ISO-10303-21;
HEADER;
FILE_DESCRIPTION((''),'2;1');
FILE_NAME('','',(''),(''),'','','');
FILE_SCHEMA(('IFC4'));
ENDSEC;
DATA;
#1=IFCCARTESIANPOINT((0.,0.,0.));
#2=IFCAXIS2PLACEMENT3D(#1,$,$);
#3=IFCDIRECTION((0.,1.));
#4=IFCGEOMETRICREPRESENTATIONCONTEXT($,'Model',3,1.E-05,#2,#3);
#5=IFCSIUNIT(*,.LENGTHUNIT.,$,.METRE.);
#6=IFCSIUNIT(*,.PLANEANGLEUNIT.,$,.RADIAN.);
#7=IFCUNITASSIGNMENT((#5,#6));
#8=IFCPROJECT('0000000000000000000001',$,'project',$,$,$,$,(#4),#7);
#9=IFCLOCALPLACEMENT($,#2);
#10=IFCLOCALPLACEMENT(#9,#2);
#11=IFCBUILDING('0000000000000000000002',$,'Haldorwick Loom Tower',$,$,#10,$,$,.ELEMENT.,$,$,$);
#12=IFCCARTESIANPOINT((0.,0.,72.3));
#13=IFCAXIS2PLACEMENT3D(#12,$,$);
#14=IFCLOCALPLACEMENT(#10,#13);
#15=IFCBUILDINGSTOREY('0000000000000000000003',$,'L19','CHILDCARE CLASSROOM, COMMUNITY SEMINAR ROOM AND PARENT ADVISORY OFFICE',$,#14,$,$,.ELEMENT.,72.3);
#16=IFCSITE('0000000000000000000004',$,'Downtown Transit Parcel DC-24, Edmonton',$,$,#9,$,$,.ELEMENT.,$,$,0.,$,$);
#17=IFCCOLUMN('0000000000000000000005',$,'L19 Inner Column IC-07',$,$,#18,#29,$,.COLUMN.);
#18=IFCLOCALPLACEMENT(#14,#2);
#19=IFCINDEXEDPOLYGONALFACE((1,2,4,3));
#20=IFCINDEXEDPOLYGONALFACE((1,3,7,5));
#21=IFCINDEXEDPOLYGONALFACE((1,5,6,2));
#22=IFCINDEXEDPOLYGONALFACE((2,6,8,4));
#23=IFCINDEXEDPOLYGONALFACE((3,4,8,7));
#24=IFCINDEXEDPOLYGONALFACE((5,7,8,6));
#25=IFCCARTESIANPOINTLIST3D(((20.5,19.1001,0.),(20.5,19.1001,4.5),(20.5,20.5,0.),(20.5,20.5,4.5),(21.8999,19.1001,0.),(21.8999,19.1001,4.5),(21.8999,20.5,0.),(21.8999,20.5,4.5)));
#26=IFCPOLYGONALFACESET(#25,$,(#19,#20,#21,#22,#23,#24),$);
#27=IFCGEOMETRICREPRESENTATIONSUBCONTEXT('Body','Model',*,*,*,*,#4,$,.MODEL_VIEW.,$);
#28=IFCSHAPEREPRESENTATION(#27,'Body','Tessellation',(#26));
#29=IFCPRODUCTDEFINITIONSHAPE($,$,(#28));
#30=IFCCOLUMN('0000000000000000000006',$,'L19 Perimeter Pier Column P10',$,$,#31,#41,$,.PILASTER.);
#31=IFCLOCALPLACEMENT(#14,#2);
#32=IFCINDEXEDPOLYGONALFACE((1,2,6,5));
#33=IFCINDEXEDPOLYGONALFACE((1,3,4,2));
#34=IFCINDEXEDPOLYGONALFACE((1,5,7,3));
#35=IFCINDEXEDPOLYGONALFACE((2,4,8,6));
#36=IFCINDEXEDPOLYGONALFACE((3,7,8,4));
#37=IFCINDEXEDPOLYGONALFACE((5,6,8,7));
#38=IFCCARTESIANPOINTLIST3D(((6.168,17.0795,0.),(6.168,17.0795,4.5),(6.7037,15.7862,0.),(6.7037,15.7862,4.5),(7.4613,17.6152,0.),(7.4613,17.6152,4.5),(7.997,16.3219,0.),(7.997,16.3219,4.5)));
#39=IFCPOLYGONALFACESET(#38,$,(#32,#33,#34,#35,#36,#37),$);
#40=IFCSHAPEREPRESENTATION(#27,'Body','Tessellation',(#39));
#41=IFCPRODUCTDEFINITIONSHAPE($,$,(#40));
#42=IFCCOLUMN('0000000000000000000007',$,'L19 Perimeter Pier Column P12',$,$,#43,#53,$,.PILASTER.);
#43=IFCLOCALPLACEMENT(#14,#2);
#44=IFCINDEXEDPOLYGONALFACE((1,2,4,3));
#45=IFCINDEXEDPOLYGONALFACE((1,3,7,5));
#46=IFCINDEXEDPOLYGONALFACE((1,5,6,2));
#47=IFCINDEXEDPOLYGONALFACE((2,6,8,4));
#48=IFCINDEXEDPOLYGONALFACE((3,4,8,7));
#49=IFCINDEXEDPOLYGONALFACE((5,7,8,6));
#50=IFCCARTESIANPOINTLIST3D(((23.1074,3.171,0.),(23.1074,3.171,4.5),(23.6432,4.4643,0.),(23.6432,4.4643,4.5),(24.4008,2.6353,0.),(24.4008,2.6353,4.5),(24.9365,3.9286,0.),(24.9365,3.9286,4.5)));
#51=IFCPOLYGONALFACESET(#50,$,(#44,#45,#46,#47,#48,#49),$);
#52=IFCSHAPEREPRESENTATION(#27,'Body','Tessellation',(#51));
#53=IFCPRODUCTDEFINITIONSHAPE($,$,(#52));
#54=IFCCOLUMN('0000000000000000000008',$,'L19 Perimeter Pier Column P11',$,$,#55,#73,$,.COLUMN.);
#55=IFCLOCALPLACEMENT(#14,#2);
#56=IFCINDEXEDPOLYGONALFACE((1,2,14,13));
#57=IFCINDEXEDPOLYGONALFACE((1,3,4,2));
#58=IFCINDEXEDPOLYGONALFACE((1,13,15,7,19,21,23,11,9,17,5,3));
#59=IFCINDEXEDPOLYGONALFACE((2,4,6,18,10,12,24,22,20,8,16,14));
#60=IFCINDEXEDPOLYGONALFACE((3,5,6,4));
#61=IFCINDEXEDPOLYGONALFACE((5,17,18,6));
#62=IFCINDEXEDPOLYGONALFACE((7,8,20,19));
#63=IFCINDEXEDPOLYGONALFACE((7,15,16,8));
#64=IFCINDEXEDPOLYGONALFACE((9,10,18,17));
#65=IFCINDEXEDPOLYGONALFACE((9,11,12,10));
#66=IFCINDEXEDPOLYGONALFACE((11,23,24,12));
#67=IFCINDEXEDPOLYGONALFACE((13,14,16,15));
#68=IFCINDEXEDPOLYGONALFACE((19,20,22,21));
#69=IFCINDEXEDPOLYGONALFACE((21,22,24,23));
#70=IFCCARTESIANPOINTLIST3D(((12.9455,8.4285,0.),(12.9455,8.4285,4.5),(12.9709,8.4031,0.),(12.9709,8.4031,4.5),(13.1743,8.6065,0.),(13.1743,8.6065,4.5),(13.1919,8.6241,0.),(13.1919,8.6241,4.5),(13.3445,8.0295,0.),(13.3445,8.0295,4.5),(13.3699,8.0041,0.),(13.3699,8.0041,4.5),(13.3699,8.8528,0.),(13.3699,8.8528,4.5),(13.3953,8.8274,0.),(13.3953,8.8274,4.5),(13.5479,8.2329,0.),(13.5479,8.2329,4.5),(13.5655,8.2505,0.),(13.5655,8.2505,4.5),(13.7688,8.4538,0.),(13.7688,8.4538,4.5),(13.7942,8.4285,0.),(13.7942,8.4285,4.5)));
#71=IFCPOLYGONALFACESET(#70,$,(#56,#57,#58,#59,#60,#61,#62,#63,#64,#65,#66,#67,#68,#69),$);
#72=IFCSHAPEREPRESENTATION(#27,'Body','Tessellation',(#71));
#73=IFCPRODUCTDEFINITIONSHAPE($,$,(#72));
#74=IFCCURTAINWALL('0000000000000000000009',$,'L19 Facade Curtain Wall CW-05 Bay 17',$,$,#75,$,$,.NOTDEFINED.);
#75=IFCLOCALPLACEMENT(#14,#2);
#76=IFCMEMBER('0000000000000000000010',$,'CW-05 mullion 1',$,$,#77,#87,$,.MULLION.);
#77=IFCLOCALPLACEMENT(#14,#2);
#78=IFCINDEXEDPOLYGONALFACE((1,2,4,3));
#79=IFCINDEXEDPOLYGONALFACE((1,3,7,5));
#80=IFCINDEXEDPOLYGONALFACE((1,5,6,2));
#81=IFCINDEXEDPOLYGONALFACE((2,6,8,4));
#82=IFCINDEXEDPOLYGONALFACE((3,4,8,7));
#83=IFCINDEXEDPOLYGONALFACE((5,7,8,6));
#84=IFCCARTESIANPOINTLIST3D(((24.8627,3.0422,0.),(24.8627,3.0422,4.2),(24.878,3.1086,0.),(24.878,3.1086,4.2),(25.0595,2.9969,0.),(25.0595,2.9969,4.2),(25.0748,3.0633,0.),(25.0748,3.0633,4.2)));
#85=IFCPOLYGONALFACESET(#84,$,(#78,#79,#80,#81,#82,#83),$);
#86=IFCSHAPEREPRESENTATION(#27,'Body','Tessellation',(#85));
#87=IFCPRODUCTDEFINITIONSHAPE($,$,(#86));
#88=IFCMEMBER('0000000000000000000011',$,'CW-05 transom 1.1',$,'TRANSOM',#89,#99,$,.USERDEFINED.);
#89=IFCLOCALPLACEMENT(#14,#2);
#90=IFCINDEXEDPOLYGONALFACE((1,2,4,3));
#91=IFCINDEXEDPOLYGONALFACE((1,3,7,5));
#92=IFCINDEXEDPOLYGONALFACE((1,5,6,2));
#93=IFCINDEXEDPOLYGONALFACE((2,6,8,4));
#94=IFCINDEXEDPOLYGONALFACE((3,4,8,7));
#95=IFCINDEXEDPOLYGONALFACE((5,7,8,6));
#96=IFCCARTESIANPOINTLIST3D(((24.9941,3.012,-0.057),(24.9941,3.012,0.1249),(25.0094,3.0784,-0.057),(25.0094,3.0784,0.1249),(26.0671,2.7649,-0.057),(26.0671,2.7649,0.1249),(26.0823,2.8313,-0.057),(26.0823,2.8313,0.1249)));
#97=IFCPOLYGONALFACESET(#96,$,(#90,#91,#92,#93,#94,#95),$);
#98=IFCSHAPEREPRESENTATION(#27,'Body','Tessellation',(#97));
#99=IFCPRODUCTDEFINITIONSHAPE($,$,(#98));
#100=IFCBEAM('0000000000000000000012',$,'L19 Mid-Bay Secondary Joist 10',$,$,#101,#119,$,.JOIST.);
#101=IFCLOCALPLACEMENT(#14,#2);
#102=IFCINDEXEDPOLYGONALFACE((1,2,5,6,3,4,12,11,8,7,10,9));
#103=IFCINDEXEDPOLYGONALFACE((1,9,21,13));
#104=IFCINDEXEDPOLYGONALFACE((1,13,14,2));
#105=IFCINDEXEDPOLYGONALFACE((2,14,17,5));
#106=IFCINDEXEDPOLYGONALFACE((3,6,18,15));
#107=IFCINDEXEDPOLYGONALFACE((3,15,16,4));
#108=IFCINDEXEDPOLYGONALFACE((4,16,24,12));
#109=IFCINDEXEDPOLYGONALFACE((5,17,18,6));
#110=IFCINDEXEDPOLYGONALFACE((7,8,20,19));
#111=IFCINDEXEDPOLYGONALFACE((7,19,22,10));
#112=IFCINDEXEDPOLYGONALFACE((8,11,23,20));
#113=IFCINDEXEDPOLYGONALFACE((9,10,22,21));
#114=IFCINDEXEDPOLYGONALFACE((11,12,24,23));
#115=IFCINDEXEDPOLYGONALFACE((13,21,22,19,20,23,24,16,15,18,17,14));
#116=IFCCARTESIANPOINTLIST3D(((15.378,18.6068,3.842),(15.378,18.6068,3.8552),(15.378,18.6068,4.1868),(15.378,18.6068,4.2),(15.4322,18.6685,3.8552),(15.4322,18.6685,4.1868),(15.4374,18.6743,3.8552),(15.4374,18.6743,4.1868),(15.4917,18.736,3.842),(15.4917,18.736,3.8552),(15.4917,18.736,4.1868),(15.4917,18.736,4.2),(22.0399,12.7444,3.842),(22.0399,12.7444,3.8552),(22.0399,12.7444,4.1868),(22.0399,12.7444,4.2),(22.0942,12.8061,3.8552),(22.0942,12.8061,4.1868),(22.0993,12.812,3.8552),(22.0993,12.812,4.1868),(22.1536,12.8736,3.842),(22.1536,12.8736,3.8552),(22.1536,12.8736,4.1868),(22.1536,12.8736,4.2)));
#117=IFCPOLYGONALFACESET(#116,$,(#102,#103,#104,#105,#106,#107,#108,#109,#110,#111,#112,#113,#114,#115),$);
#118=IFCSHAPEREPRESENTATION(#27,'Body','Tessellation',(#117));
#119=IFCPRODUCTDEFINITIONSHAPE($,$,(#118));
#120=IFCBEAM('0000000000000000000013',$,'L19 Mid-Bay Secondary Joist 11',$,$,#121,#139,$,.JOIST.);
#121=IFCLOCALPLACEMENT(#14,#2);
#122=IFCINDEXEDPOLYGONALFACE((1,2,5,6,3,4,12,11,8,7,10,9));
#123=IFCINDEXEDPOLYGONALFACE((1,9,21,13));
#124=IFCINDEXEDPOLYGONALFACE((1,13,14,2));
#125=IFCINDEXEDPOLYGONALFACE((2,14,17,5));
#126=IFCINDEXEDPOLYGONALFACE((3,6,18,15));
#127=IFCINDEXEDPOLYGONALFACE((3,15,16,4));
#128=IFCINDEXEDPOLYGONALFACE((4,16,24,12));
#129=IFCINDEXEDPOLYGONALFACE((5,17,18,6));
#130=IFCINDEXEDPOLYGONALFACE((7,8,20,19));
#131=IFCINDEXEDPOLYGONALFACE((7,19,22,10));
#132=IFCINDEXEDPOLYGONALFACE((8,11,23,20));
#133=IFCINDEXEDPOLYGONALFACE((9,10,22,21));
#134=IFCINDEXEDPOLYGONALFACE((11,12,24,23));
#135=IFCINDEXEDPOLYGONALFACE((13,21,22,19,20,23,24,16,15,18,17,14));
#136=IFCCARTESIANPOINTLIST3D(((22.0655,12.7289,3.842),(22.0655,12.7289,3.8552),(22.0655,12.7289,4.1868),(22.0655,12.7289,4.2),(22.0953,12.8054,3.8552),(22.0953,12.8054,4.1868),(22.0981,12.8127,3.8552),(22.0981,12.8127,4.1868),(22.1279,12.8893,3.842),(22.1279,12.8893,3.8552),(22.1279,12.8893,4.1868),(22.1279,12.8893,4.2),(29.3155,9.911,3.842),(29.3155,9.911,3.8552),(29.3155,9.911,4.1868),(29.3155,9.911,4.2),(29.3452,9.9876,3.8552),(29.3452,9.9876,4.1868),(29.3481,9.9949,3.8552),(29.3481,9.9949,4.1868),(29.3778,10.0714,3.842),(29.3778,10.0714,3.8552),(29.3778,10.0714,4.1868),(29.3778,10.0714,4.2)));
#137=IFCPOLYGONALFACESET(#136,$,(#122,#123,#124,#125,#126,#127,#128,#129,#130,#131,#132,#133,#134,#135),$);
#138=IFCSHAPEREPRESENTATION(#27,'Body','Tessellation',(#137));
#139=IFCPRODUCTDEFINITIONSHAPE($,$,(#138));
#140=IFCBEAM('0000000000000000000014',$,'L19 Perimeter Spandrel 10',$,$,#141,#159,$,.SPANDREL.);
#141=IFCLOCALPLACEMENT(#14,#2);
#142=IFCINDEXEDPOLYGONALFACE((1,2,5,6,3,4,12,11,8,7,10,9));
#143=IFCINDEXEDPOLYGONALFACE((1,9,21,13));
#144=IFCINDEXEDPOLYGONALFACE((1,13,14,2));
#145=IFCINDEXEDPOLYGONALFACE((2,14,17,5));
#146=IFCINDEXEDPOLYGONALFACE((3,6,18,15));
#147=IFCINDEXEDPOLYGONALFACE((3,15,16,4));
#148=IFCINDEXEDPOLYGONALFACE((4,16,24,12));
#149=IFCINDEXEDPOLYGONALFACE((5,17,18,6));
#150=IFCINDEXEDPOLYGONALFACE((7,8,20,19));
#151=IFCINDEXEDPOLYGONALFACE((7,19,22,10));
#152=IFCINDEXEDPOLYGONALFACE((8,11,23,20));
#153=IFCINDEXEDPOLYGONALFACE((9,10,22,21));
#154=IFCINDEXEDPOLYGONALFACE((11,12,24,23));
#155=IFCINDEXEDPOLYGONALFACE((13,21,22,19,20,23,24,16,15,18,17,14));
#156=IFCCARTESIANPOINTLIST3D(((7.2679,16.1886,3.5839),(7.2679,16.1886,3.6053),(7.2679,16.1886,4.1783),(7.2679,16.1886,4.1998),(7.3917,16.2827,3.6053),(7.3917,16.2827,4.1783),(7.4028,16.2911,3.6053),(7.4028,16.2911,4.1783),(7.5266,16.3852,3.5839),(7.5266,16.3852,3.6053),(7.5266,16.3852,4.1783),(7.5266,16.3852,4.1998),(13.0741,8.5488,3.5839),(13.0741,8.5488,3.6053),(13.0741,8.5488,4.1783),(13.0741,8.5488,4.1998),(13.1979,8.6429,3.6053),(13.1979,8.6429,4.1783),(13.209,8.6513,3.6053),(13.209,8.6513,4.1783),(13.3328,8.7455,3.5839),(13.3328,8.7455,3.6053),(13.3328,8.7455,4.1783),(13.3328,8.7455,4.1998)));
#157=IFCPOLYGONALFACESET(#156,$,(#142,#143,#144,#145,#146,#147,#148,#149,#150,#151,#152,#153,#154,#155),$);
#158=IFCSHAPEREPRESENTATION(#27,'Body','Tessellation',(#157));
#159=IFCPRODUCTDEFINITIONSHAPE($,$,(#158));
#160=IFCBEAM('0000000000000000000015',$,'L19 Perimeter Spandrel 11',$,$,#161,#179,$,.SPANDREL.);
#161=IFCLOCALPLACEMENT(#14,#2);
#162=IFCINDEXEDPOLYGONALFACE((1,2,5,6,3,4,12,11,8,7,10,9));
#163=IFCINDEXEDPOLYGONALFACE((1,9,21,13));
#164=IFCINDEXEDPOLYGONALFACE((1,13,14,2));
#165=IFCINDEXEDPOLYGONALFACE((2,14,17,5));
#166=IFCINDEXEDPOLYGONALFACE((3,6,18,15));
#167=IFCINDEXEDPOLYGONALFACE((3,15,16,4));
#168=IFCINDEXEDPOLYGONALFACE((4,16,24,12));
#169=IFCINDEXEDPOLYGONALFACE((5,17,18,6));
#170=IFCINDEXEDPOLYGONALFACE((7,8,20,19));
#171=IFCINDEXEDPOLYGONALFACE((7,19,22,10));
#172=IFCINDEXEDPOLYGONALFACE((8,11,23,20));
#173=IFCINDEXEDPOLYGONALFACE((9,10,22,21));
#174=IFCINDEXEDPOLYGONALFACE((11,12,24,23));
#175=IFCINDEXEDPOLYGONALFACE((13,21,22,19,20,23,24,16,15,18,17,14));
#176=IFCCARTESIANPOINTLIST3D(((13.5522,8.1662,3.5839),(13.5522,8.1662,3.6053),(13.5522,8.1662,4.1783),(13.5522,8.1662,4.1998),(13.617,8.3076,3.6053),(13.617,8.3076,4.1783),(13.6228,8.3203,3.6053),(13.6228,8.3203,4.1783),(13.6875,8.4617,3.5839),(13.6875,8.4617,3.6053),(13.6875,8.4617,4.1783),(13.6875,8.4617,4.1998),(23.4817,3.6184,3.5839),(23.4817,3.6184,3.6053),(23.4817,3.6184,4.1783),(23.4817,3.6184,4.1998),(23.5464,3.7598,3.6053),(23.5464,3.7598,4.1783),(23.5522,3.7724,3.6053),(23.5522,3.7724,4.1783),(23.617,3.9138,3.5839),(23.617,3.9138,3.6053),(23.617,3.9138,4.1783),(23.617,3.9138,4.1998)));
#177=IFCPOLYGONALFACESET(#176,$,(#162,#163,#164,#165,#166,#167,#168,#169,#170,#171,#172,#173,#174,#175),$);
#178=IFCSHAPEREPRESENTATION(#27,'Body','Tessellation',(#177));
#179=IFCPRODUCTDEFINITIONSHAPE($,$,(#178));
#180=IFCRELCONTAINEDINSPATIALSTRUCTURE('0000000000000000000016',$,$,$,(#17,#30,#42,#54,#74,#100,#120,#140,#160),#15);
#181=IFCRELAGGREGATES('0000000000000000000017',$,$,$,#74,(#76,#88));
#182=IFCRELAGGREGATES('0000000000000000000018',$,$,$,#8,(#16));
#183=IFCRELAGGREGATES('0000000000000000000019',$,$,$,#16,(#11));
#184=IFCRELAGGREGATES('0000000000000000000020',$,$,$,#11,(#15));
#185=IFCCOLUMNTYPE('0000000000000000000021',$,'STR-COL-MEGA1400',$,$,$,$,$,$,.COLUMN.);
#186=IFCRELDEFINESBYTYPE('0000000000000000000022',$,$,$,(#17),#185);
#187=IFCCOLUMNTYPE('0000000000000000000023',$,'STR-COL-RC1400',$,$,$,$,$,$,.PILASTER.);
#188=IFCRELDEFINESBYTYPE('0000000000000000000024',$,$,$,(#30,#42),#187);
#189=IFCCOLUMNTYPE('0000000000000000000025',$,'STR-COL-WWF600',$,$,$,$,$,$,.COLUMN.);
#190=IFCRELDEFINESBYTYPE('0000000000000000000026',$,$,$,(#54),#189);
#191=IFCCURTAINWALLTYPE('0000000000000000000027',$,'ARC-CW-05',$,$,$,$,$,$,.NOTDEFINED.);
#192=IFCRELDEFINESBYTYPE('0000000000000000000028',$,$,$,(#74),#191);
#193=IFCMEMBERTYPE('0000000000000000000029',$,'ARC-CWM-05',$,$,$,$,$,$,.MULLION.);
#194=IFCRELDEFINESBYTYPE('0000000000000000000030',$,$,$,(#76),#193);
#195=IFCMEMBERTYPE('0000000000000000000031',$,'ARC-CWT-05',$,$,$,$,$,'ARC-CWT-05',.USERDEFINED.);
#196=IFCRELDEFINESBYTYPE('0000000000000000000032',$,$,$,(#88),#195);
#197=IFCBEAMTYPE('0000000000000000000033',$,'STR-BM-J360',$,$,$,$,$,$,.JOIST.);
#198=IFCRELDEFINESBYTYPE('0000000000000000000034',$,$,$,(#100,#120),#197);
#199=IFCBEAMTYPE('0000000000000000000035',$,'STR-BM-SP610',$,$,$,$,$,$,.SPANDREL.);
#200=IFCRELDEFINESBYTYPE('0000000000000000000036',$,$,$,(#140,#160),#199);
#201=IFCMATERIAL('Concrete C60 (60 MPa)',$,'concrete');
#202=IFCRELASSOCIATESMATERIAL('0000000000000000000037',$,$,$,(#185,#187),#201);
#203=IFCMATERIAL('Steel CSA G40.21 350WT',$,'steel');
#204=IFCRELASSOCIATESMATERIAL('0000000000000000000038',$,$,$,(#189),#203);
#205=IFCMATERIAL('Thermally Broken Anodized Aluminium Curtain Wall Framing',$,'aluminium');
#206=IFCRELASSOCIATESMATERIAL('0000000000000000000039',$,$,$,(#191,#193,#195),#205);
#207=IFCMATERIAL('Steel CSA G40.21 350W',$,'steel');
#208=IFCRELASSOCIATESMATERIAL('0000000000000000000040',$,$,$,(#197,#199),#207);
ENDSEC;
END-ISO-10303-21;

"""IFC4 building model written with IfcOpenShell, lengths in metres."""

from ifc_helpers import new_model, si_unit, direction, frame, origin, origin_2d, place, context, subcontext, project, spatial, rectangle, i_section, extrude, material, material_profile, profile_set, type_object, element, aggregate, save


model = new_model("IFC4")

# Units and contexts
model_context = context("Model", 3, precision=1e-05, world=origin(), true_north=direction((0.0, 1.0)))
body_context = subcontext(model_context, "Body", "Model", "MODEL_VIEW")
ifc_project = project(units=[si_unit("LENGTHUNIT", "METRE"), si_unit("PLANEANGLEUNIT", "RADIAN")], contexts=[model_context])

# Site, building, storey
site_placement = place(None, origin())
site = spatial("IfcSite", under=ifc_project, at=site_placement, Name="Downtown Transit Parcel DC-24, Edmonton", CompositionType="ELEMENT", RefElevation=0.0)
building_placement = place(site_placement, origin())
building = spatial("IfcBuilding", under=site, at=building_placement, Name="Haldorwick Loom Tower", CompositionType="ELEMENT")
storey_placement = place(building_placement, frame((0.0, 0.0, 72.3)))
storey = spatial("IfcBuildingStorey", under=building, at=storey_placement, Name="L19", Description="CHILDCARE CLASSROOM, COMMUNITY SEMINAR ROOM AND PARENT ADVISORY OFFICE", CompositionType="ELEMENT", Elevation=72.3)

# Columns
ifc_material_1 = material(Name="Concrete C60 (60 MPa)", Category="concrete")
ifc_material_profile_1 = material_profile(ifc_material_1, rectangle(XDim=1.3999, YDim=1.3999, at=origin_2d()), Name="RC1400X1400", Category="concrete")
ifc_profile_set_1 = profile_set([ifc_material_profile_1], Name="Concrete C60 (60 MPa)")
column_type_1 = type_object("IfcColumnType", Name="STR-COL-MEGA1400", PredefinedType="COLUMN", material=ifc_profile_set_1)
column_1_placement = place(storey_placement, frame((21.2, 19.8, 0.0), z_axis=(0.0, 0.0, 1.0), x_axis=(1.0, 0.0, 0.0)))
element("IfcColumn", 1, at=column_1_placement, inside=storey, type_object=column_type_1, Name="L19 Inner Column IC-07", PredefinedType="COLUMN", context=body_context, shape_type="SweptSolid", body=[
    extrude(rectangle(XDim=1.3999, YDim=1.3999, at=origin_2d()), origin(), (0.0, 0.0, 1.0), 4.5),
])
ifc_material_profile_2 = material_profile(ifc_material_1, rectangle(XDim=1.3999, YDim=1.3999, at=origin_2d()), Name="RC1400X1400", Category="concrete")
ifc_profile_set_2 = profile_set([ifc_material_profile_2], Name="Concrete C60 (60 MPa)")
column_type_2 = type_object("IfcColumnType", Name="STR-COL-RC1400", PredefinedType="PILASTER", material=ifc_profile_set_2)
for number, where, z_axis, x_axis, name in (
    (2, (7.0825, 16.7007, 0.0), (0.0, 0.0, 1.0), (-0.92388, -0.382683, 0.0), "L19 Perimeter Pier Column P10"),
    (3, (24.022, 3.5498, 0.0), (0.0, 0.0, 1.0), (-0.382683, -0.92388, 0.0), "L19 Perimeter Pier Column P12"),
):
    element("IfcColumn", number, at=place(storey_placement, frame(where, z_axis=z_axis, x_axis=x_axis)), inside=storey, type_object=column_type_2, Name=name, PredefinedType="PILASTER", context=body_context, shape_type="SweptSolid", body=[
        extrude(rectangle(XDim=1.3999, YDim=1.3999, at=origin_2d()), origin(), (0.0, 0.0, 1.0), 4.5),
    ])
ifc_material_2 = material(Name="Steel CSA G40.21 350WT", Category="steel")
ifc_material_profile_3 = material_profile(ifc_material_2, i_section(OverallWidth=0.6001, OverallDepth=0.6001, WebThickness=0.0249, FlangeThickness=0.0359, at=origin_2d()), Name="WWF600X600", Category="steel")
ifc_profile_set_3 = profile_set([ifc_material_profile_3], Name="Steel CSA G40.21 350WT")
column_type_3 = type_object("IfcColumnType", Name="STR-COL-WWF600", PredefinedType="COLUMN", material=ifc_profile_set_3)
column_2_placement = place(storey_placement, frame((13.3699, 8.4285, 0.0), z_axis=(0.0, 0.0, 1.0), x_axis=(-0.707107, -0.707107, 0.0)))
element("IfcColumn", 4, at=column_2_placement, inside=storey, type_object=column_type_3, Name="L19 Perimeter Pier Column P11", PredefinedType="COLUMN", context=body_context, shape_type="SweptSolid", body=[
    extrude(i_section(OverallWidth=0.6001, OverallDepth=0.6001, WebThickness=0.0249, FlangeThickness=0.0359, at=origin_2d()), origin(), (0.0, 0.0, 1.0), 4.5),
])

# Curtain wall, members
ifc_material_3 = material(Name="Thermally Broken Anodized Aluminium Curtain Wall Framing", Category="aluminium")
curtain_wall_type = type_object("IfcCurtainWallType", Name="ARC-CW-05", PredefinedType="NOTDEFINED", material=ifc_material_3)
curtain_wall_placement = place(storey_placement, origin())
curtain_wall = element("IfcCurtainWall", 5, at=curtain_wall_placement, inside=storey, type_object=curtain_wall_type, Name="L19 Facade Curtain Wall CW-05 Bay 17", PredefinedType="NOTDEFINED")
ifc_material_profile_4 = material_profile(ifc_material_3, rectangle(XDim=0.0681, YDim=0.2019, at=origin_2d()), Name="ALU_MUL_68X202", Category="aluminium")
ifc_profile_set_4 = profile_set([ifc_material_profile_4], Name="Thermally Broken Anodized Aluminium Curtain Wall Framing")
member_type_1 = type_object("IfcMemberType", Name="ARC-CWM-05", PredefinedType="MULLION", material=ifc_profile_set_4)
member_1_placement = place(storey_placement, frame((24.9688, 3.0527, 0.0), z_axis=(0.0, 0.0, 1.0), x_axis=(0.224289, 0.974523, 0.0)))
member_1 = element("IfcMember", 6, at=member_1_placement, type_object=member_type_1, Name="CW-05 mullion 1", PredefinedType="MULLION", context=body_context, shape_type="SweptSolid", body=[
    extrude(rectangle(XDim=0.0681, YDim=0.2019, at=origin_2d()), origin(), (0.0, 0.0, 1.0), 4.2),
])
ifc_material_profile_5 = material_profile(ifc_material_3, rectangle(XDim=0.0681, YDim=0.1819, at=origin_2d()), Name="ALU_TRN_68X182", Category="aluminium")
ifc_profile_set_5 = profile_set([ifc_material_profile_5], Name="Thermally Broken Anodized Aluminium Curtain Wall Framing")
member_type_2 = type_object("IfcMemberType", Name="ARC-CWT-05", ElementType="ARC-CWT-05", PredefinedType="USERDEFINED", material=ifc_profile_set_5)
member_2_placement = place(storey_placement, frame((25.0017, 3.0452, 0.0339), z_axis=(0.974499, -0.22439, 0.0), x_axis=(0.22439, 0.974499, 0.0)))
member_2 = element("IfcMember", 7, at=member_2_placement, type_object=member_type_2, Name="CW-05 transom 1.1", ObjectType="TRANSOM", PredefinedType="USERDEFINED", context=body_context, shape_type="SweptSolid", body=[
    extrude(rectangle(XDim=0.0681, YDim=0.1819, at=origin_2d()), origin(), (0.0, 0.0, 1.0), 1.1011),
])
aggregate(curtain_wall, [member_1, member_2])

# Beams
ifc_material_4 = material(Name="Steel CSA G40.21 350W", Category="steel")
ifc_material_profile_6 = material_profile(ifc_material_4, i_section(OverallWidth=0.1721, OverallDepth=0.3579, WebThickness=0.0078, FlangeThickness=0.0132, at=origin_2d()), Name="W360X57", Category="steel")
ifc_profile_set_6 = profile_set([ifc_material_profile_6], Name="Steel CSA G40.21 350W")
beam_type_1 = type_object("IfcBeamType", Name="STR-BM-J360", PredefinedType="JOIST", material=ifc_profile_set_6)
beam_1_placement = place(storey_placement, frame((15.4348, 18.6714, 4.021), z_axis=(0.750721, -0.660619, 0.0), x_axis=(0.660619, 0.750721, 0.0)))
element("IfcBeam", 8, at=beam_1_placement, inside=storey, type_object=beam_type_1, Name="L19 Mid-Bay Secondary Joist 10", PredefinedType="JOIST", context=body_context, shape_type="SweptSolid", body=[
    extrude(i_section(OverallWidth=0.1721, OverallDepth=0.3579, WebThickness=0.0078, FlangeThickness=0.0132, at=origin_2d()), origin(), (0.0, 0.0, 1.0), 8.874),
])
beam_2_placement = place(storey_placement, frame((22.0967, 12.8091, 4.021), z_axis=(0.932073, -0.362271, 0.0), x_axis=(0.362271, 0.932073, 0.0)))
element("IfcBeam", 9, at=beam_2_placement, inside=storey, type_object=beam_type_1, Name="L19 Mid-Bay Secondary Joist 11", PredefinedType="JOIST", context=body_context, shape_type="SweptSolid", body=[
    extrude(i_section(OverallWidth=0.1721, OverallDepth=0.3579, WebThickness=0.0078, FlangeThickness=0.0132, at=origin_2d()), origin(), (0.0, 0.0, 1.0), 7.7783),
])
ifc_material_profile_7 = material_profile(ifc_material_4, i_section(OverallWidth=0.325, OverallDepth=0.616, WebThickness=0.0139, FlangeThickness=0.0215, at=origin_2d()), Name="W610X174", Category="steel")
ifc_profile_set_7 = profile_set([ifc_material_profile_7], Name="Steel CSA G40.21 350W")
beam_type_2 = type_object("IfcBeamType", Name="STR-BM-SP610", PredefinedType="SPANDREL", material=ifc_profile_set_7)
beam_3_placement = place(storey_placement, frame((7.3972, 16.2869, 3.8918), z_axis=(0.605085, -0.796161, 0.0), x_axis=(0.796161, 0.605085, 0.0)))
element("IfcBeam", 10, at=beam_3_placement, inside=storey, type_object=beam_type_2, Name="L19 Perimeter Spandrel 10", PredefinedType="SPANDREL", context=body_context, shape_type="SweptSolid", body=[
    extrude(i_section(OverallWidth=0.325, OverallDepth=0.616, WebThickness=0.0139, FlangeThickness=0.0215, at=origin_2d()), origin(), (0.0, 0.0, 1.0), 9.5957),
])
beam_4_placement = place(storey_placement, frame((13.6199, 8.314, 3.8918), z_axis=(0.909174, -0.416417, 0.0), x_axis=(0.416417, 0.909174, 0.0)))
element("IfcBeam", 11, at=beam_4_placement, inside=storey, type_object=beam_type_2, Name="L19 Perimeter Spandrel 11", PredefinedType="SPANDREL", context=body_context, shape_type="SweptSolid", body=[
    extrude(i_section(OverallWidth=0.325, OverallDepth=0.616, WebThickness=0.0139, FlangeThickness=0.0215, at=origin_2d()), origin(), (0.0, 0.0, 1.0), 10.9214),
])

save(model, "model.ifc")
